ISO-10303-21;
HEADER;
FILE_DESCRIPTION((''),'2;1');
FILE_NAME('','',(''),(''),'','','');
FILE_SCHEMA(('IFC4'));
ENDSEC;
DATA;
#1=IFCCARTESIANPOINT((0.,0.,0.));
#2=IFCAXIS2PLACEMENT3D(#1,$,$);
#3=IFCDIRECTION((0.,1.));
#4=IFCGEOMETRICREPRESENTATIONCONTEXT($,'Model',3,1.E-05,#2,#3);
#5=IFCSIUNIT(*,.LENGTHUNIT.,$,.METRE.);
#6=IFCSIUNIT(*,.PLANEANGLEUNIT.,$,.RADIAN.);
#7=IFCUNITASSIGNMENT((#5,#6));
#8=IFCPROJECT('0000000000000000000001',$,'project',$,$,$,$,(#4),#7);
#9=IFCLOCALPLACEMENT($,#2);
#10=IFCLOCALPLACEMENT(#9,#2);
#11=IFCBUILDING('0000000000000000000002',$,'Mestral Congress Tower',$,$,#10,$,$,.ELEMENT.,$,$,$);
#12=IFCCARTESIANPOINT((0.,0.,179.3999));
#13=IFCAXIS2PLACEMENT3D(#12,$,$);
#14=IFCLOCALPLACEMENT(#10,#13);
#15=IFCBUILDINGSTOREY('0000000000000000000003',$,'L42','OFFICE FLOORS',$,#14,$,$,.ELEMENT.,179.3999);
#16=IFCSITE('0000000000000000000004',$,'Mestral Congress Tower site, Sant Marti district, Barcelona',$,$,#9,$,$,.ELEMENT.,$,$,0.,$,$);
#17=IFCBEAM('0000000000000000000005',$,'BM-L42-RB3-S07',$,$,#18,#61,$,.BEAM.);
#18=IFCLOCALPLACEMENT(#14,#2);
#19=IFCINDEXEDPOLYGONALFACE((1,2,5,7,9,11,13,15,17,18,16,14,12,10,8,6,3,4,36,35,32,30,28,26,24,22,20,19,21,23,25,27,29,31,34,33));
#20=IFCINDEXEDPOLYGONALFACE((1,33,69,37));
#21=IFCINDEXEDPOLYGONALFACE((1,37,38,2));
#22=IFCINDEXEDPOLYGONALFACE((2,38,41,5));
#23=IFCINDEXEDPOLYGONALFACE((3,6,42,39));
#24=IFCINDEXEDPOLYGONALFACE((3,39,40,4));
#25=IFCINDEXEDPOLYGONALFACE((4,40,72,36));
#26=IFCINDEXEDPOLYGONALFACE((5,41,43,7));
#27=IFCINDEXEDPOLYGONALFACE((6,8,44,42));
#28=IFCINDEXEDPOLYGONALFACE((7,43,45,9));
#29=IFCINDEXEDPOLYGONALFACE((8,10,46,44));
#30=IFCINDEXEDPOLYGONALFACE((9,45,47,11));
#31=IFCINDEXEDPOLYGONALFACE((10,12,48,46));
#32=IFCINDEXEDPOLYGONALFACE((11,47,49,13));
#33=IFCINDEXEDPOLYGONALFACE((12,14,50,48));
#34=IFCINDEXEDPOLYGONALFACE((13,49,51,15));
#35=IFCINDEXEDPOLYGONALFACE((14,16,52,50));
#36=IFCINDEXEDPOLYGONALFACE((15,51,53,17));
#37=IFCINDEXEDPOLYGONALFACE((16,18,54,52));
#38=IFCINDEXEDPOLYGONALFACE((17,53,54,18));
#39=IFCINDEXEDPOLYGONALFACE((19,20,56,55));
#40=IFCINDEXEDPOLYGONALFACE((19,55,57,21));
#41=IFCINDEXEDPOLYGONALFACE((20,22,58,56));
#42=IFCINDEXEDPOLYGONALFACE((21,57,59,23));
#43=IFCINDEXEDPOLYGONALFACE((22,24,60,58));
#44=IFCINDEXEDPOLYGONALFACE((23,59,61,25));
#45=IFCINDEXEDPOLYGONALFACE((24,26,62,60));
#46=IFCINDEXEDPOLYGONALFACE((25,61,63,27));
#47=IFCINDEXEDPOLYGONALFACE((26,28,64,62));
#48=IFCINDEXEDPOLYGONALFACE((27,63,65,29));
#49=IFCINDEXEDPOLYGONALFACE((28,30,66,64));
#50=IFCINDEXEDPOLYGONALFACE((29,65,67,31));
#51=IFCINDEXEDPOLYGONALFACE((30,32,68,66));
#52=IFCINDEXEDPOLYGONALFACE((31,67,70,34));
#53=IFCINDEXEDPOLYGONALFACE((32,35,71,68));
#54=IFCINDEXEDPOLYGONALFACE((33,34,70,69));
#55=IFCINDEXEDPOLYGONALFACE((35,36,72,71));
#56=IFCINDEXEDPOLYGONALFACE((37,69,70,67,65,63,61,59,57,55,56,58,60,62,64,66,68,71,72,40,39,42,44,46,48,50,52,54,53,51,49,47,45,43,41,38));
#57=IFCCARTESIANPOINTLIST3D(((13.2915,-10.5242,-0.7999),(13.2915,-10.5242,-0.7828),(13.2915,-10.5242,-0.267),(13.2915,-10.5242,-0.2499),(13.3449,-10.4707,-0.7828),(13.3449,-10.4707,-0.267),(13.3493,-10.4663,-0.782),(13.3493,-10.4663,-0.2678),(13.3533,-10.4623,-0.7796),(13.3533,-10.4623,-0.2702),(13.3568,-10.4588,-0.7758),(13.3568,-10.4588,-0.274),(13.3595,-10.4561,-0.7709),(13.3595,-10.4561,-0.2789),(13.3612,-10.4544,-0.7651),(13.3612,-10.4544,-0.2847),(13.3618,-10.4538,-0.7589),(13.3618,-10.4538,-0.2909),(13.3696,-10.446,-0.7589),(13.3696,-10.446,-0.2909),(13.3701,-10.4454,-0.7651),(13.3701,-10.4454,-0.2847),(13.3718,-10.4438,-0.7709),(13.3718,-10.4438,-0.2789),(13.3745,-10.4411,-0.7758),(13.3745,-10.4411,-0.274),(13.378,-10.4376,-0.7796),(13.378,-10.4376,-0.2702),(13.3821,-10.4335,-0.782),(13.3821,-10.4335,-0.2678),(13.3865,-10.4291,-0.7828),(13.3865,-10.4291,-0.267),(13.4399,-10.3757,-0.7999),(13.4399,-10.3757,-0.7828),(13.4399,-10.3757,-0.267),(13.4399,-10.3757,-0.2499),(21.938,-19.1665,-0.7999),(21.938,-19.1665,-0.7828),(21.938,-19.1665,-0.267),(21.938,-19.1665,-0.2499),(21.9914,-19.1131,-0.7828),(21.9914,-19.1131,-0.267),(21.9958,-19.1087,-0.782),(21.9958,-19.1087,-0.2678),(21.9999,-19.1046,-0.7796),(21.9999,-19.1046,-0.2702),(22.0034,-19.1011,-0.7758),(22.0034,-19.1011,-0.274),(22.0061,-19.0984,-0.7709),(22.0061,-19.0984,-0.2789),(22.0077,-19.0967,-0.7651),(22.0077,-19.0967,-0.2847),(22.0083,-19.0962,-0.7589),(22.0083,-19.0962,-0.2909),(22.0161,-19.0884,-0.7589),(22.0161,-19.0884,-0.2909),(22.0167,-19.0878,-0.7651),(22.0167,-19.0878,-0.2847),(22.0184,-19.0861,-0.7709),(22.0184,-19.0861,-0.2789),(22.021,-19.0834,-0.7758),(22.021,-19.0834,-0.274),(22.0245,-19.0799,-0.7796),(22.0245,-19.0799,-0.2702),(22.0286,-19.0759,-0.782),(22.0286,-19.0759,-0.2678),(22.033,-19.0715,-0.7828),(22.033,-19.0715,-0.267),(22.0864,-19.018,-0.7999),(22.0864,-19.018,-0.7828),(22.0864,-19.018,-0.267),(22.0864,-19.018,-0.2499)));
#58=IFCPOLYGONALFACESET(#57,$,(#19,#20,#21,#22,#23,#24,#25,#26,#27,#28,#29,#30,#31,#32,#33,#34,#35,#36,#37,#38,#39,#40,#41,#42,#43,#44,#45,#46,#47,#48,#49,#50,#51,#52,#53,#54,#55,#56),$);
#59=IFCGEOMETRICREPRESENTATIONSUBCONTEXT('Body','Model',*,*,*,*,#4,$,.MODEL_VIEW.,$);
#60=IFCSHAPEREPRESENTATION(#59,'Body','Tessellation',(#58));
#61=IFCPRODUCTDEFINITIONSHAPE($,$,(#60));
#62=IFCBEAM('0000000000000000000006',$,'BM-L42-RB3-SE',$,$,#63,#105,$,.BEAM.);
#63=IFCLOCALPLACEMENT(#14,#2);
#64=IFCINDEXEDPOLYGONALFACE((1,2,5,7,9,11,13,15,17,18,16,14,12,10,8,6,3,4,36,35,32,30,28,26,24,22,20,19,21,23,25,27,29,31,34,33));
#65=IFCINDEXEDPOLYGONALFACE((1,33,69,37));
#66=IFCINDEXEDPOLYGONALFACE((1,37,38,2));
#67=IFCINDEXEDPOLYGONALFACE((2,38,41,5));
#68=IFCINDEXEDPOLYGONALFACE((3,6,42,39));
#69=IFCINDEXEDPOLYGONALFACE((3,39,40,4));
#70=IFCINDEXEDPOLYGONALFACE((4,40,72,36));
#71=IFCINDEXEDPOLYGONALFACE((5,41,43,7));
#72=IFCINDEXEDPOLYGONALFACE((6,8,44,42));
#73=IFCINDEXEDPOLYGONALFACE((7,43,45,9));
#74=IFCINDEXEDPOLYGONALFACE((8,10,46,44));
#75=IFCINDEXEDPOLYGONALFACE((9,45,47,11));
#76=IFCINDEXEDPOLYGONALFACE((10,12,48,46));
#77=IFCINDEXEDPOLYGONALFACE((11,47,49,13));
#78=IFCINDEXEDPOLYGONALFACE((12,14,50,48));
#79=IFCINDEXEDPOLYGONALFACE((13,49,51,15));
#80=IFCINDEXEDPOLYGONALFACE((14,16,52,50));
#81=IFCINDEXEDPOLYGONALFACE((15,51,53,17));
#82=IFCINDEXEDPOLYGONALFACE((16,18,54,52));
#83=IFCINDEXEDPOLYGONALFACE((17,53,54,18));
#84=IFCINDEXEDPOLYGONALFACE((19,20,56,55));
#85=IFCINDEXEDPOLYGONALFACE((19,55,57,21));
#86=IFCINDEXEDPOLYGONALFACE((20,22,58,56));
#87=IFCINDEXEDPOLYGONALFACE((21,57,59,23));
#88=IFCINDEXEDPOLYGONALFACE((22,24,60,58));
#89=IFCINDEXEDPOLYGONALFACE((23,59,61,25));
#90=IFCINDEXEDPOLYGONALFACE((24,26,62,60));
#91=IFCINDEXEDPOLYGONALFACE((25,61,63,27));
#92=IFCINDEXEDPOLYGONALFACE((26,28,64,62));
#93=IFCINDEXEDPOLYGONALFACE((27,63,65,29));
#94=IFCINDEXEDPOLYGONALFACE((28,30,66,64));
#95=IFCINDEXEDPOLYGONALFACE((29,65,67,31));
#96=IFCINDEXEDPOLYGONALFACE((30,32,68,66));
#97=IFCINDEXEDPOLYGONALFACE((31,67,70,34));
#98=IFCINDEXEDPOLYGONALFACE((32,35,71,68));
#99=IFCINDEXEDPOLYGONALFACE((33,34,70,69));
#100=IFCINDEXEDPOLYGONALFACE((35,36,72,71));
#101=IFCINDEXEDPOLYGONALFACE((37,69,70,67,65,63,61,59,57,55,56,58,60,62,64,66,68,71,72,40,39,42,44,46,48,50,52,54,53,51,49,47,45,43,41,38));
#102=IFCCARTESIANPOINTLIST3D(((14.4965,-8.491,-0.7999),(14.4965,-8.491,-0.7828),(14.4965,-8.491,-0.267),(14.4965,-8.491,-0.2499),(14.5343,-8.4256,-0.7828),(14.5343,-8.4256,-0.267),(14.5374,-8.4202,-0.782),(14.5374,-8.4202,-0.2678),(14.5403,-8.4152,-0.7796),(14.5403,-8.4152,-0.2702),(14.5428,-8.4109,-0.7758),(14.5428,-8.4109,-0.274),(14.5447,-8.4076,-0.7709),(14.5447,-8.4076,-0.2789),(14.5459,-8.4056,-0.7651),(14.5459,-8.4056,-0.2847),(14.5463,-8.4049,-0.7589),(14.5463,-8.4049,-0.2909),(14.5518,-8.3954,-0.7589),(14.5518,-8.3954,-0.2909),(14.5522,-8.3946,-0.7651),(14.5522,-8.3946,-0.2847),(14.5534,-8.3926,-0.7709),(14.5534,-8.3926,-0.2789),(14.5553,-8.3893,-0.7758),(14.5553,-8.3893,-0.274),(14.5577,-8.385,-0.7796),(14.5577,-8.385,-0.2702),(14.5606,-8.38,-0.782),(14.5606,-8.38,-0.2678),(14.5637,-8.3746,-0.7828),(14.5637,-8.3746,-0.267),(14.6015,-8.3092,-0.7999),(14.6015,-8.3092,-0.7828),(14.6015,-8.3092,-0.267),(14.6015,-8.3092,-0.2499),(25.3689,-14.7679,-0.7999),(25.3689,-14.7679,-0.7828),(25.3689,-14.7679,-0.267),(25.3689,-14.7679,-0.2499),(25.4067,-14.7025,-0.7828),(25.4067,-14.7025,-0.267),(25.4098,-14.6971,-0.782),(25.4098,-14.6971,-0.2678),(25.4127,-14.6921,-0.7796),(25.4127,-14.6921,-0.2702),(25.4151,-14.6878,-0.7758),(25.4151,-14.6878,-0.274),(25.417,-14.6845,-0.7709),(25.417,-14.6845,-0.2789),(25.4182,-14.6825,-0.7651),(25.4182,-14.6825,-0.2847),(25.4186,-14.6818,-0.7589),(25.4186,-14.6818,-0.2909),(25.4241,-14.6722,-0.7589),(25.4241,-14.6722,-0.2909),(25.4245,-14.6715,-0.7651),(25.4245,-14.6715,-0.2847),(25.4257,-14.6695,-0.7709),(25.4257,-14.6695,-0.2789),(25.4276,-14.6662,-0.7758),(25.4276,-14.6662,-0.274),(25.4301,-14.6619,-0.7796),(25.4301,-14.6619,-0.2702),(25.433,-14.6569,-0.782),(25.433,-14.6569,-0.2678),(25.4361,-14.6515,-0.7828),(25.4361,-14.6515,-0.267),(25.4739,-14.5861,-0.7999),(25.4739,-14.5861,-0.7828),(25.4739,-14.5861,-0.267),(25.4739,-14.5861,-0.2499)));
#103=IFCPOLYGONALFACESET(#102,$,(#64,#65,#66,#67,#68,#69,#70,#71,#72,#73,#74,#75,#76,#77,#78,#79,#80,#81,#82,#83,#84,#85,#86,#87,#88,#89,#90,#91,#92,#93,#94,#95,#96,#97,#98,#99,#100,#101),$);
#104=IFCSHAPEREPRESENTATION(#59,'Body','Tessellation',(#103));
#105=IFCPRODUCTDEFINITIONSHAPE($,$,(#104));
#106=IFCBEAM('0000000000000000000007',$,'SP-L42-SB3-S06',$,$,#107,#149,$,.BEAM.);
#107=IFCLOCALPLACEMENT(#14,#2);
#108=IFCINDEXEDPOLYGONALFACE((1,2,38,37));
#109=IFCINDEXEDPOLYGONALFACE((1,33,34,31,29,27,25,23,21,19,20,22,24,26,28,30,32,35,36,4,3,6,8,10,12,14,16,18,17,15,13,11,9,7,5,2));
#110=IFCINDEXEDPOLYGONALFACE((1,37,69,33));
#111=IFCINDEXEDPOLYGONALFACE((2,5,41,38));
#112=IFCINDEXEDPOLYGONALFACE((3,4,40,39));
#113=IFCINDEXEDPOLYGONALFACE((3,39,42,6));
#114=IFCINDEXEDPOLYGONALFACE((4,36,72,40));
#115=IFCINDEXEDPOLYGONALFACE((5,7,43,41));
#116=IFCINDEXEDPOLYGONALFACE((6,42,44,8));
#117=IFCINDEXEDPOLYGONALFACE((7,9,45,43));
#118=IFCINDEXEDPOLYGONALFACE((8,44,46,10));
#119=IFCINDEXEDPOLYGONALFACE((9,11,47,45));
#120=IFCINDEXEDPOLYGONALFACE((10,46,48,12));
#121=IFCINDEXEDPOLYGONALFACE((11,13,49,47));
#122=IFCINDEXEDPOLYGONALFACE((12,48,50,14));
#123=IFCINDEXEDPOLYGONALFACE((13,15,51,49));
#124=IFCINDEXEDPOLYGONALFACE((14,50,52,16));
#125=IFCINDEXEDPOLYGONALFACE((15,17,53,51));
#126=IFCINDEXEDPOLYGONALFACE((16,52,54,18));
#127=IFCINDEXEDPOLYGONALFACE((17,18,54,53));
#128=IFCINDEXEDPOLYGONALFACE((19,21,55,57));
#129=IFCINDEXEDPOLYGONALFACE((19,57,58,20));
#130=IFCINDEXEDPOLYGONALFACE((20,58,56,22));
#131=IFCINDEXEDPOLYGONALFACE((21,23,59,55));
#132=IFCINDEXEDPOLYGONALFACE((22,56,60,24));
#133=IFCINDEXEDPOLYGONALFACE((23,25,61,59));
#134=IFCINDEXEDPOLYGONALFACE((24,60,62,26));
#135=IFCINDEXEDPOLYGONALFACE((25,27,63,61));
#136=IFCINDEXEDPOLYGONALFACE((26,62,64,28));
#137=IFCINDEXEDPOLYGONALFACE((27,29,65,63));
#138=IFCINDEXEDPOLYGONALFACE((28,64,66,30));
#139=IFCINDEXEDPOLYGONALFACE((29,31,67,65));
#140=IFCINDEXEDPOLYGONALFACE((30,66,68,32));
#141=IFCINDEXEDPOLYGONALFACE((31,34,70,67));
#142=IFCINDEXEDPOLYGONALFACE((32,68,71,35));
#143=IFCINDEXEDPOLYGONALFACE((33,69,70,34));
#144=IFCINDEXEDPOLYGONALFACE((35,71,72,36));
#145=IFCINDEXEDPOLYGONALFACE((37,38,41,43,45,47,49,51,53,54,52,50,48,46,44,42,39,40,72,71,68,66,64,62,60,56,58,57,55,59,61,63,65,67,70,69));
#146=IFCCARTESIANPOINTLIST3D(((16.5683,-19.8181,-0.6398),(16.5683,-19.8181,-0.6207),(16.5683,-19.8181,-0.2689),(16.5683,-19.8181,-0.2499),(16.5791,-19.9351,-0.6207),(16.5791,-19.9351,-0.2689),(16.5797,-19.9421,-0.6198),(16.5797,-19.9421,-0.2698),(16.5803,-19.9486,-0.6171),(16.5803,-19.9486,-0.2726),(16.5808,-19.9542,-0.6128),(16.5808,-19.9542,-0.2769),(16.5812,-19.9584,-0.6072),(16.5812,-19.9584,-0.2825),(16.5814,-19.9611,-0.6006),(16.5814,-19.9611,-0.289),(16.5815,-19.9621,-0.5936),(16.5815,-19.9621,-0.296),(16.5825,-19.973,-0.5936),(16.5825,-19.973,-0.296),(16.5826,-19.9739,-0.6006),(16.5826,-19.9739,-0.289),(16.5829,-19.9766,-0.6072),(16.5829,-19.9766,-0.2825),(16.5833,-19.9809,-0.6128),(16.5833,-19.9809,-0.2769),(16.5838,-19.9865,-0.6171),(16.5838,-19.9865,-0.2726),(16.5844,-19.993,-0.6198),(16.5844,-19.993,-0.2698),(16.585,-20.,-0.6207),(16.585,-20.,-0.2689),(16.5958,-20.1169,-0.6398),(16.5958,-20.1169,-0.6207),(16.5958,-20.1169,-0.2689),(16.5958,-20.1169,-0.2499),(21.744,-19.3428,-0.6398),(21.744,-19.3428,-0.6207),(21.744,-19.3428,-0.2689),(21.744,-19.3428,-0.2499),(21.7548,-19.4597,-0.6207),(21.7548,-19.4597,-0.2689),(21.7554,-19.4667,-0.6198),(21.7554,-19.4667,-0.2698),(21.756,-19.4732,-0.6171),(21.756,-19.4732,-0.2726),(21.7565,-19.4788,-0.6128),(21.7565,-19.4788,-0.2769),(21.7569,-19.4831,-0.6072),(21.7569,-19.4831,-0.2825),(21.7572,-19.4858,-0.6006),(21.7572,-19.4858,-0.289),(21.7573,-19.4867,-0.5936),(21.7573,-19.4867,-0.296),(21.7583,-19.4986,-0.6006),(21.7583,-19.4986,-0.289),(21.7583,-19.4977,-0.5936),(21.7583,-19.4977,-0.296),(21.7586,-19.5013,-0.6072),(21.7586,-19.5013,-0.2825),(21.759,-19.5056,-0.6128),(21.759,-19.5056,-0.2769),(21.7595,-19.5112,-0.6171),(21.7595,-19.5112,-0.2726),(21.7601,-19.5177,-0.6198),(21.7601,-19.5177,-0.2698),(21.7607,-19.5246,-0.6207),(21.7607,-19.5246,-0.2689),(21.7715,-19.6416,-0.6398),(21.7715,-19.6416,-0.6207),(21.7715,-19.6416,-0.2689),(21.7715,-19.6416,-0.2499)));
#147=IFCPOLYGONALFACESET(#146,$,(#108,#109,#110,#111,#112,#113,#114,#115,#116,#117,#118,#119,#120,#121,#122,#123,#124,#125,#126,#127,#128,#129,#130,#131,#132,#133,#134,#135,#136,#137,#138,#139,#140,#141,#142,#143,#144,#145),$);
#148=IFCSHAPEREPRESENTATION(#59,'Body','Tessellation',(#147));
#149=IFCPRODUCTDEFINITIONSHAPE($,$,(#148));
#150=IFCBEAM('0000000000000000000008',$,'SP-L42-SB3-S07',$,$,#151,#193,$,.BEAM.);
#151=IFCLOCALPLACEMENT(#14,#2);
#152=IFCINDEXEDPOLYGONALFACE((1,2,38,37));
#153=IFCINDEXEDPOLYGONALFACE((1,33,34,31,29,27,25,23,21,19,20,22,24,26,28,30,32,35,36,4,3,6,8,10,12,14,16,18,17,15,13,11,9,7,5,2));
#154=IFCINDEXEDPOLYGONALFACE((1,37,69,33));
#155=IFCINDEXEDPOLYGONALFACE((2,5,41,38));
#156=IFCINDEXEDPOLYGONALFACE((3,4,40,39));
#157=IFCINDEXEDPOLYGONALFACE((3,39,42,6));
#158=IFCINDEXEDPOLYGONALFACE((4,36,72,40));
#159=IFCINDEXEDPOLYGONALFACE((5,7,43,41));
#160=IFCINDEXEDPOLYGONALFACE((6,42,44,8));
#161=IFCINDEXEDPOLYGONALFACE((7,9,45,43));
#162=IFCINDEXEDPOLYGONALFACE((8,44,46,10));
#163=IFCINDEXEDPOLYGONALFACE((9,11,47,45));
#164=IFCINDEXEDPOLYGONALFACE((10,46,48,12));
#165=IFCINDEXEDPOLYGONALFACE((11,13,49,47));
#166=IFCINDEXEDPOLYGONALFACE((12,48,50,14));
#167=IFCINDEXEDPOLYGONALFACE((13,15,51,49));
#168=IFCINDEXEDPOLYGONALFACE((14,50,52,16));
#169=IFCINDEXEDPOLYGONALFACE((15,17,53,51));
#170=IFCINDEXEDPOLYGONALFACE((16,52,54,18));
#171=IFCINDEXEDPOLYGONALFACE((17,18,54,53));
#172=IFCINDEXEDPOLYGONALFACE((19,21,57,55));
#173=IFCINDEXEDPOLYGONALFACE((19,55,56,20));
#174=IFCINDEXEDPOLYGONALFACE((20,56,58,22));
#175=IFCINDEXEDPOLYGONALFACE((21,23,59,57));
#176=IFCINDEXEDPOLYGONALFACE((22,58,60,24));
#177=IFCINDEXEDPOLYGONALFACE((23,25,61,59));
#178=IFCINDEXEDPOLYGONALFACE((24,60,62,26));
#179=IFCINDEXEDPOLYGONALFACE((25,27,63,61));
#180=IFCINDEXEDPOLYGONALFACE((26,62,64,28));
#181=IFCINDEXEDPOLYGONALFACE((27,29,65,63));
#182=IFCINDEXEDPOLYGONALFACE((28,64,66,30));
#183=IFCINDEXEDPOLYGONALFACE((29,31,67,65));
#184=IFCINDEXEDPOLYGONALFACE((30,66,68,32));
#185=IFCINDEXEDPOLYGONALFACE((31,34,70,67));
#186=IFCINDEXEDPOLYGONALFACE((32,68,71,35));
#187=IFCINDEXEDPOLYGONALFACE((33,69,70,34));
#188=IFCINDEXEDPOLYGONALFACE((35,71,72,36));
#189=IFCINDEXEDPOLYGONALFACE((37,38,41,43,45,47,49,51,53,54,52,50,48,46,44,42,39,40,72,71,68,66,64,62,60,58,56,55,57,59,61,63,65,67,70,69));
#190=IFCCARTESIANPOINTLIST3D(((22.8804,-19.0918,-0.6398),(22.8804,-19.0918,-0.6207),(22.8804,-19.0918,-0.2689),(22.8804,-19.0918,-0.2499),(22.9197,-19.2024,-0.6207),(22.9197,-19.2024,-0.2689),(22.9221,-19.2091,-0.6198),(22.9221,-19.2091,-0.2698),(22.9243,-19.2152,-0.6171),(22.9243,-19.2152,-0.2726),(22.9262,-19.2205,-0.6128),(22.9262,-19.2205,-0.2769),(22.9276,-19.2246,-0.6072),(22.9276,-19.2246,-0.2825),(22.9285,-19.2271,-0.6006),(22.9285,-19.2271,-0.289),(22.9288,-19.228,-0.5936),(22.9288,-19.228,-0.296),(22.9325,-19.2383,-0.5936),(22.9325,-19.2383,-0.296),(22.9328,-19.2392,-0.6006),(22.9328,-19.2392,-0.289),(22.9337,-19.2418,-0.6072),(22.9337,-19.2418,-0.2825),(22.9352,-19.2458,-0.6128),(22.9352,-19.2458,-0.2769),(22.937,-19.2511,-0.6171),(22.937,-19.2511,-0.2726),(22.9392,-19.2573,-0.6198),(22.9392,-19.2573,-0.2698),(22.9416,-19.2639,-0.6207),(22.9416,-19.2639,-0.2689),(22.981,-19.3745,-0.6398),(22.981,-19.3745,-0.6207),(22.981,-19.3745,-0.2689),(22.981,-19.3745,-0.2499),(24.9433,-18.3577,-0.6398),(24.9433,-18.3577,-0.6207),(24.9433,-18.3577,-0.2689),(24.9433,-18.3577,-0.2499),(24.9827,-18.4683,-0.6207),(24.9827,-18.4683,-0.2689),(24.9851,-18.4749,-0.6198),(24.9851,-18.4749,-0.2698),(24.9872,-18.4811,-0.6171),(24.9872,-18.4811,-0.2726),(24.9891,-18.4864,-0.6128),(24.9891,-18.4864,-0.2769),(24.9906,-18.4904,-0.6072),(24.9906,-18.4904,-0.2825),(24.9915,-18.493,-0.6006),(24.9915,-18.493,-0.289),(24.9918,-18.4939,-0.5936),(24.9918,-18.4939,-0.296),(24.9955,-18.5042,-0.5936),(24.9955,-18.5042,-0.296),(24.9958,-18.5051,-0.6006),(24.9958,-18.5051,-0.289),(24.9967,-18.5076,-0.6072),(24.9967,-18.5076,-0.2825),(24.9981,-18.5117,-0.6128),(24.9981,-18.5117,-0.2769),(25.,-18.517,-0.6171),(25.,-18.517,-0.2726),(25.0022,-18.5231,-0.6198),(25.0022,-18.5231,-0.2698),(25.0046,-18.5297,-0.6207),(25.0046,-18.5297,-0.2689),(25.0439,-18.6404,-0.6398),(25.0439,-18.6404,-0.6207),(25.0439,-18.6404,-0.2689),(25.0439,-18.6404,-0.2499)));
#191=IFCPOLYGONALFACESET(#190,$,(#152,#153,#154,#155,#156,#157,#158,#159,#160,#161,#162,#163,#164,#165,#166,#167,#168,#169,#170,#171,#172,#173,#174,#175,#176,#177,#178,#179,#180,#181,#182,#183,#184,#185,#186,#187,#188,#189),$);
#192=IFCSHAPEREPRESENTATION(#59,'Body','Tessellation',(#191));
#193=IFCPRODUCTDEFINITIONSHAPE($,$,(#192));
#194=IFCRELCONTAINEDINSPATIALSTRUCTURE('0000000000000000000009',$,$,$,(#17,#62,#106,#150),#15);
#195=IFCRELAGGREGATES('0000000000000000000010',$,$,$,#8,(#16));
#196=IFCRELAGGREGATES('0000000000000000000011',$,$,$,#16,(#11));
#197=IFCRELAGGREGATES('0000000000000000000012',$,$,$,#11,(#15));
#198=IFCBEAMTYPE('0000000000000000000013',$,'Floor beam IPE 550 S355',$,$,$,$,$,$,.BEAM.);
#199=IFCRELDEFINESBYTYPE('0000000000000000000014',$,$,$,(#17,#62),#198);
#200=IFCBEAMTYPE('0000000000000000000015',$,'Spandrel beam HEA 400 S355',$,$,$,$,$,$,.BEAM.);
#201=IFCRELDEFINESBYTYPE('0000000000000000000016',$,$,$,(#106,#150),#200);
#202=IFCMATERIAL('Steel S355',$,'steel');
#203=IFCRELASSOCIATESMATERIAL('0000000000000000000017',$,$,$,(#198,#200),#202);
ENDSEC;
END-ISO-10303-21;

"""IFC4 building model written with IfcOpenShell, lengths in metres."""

from ifc_helpers import new_model, si_unit, direction, frame, origin, origin_2d, place, context, subcontext, project, spatial, i_section, extrude, material, material_profile, profile_set, type_object, element, save


model = new_model("IFC4")

# Units and contexts
model_context = context("Model", 3, precision=1e-05, world=origin(), true_north=direction((0.0, 1.0)))
body_context = subcontext(model_context, "Body", "Model", "MODEL_VIEW")
ifc_project = project(units=[si_unit("LENGTHUNIT", "METRE"), si_unit("PLANEANGLEUNIT", "RADIAN")], contexts=[model_context])

# Site, building, storey
site_placement = place(None, origin())
site = spatial("IfcSite", under=ifc_project, at=site_placement, Name="Mestral Congress Tower site, Sant Marti district, Barcelona", CompositionType="ELEMENT", RefElevation=0.0)
building_placement = place(site_placement, origin())
building = spatial("IfcBuilding", under=site, at=building_placement, Name="Mestral Congress Tower", CompositionType="ELEMENT")
storey_placement = place(building_placement, frame((0.0, 0.0, 179.3999)))
storey = spatial("IfcBuildingStorey", under=building, at=storey_placement, Name="L42", Description="OFFICE FLOORS", CompositionType="ELEMENT", Elevation=179.3999)

# Beams
ifc_material_1 = material(Name="Steel S355", Category="steel")
ifc_material_profile_1 = material_profile(ifc_material_1, i_section(OverallWidth=0.21, OverallDepth=0.55, WebThickness=0.011, FlangeThickness=0.0171, FilletRadius=0.0239, at=origin_2d()), Name="IPE 550")
ifc_profile_set_1 = profile_set([ifc_material_profile_1], Name="Steel S355")
beam_type_1 = type_object("IfcBeamType", Name="Floor beam IPE 550 S355", PredefinedType="BEAM", material=ifc_profile_set_1)
beam_1_placement = place(storey_placement, frame((22.0122, -19.0923, -0.5249), z_axis=(-0.707277, 0.706937, 0.0), x_axis=(-0.706937, -0.707277, 0.0)))
element("IfcBeam", 1, at=beam_1_placement, inside=storey, type_object=beam_type_1, Name="BM-L42-RB3-S07", PredefinedType="BEAM", context=body_context, shape_type="SweptSolid", body=[
    extrude(i_section(OverallWidth=0.21, OverallDepth=0.55, WebThickness=0.011, FlangeThickness=0.0171, FilletRadius=0.0239, at=origin_2d()), origin(), (0.0, 0.0, 1.0), 12.2251),
])
beam_2_placement = place(storey_placement, frame((25.4214, -14.677, -0.5249), z_axis=(-0.866035, 0.499983, 0.0), x_axis=(-0.499983, -0.866035, 0.0)))
element("IfcBeam", 2, at=beam_2_placement, inside=storey, type_object=beam_type_1, Name="BM-L42-RB3-SE", PredefinedType="BEAM", context=body_context, shape_type="SweptSolid", body=[
    extrude(i_section(OverallWidth=0.21, OverallDepth=0.55, WebThickness=0.011, FlangeThickness=0.0171, FilletRadius=0.0239, at=origin_2d()), origin(), (0.0, 0.0, 1.0), 12.5542),
])
ifc_material_profile_2 = material_profile(ifc_material_1, i_section(OverallWidth=0.3, OverallDepth=0.3899, WebThickness=0.011, FlangeThickness=0.019, FilletRadius=0.0271, at=origin_2d()), Name="HEA 400")
ifc_profile_set_2 = profile_set([ifc_material_profile_2], Name="Steel S355")
beam_type_2 = type_object("IfcBeamType", Name="Spandrel beam HEA 400 S355", PredefinedType="BEAM", material=ifc_profile_set_2)
beam_3_placement = place(storey_placement, frame((16.582, -19.9675, -0.4448), z_axis=(0.995809, 0.091455, 0.0), x_axis=(-0.091455, 0.995809, 0.0)))
element("IfcBeam", 3, at=beam_3_placement, inside=storey, type_object=beam_type_2, Name="SP-L42-SB3-S06", PredefinedType="BEAM", context=body_context, shape_type="SweptSolid", body=[
    extrude(i_section(OverallWidth=0.3, OverallDepth=0.3899, WebThickness=0.011, FlangeThickness=0.019, FilletRadius=0.0271, at=origin_2d()), origin(), (0.0, 0.0, 1.0), 5.1975),
])
beam_4_placement = place(storey_placement, frame((22.9307, -19.2332, -0.4448), z_axis=(0.942125, 0.335263, 0.0), x_axis=(-0.335263, 0.942125, 0.0)))
element("IfcBeam", 4, at=beam_4_placement, inside=storey, type_object=beam_type_2, Name="SP-L42-SB3-S07", PredefinedType="BEAM", context=body_context, shape_type="SweptSolid", body=[
    extrude(i_section(OverallWidth=0.3, OverallDepth=0.3899, WebThickness=0.011, FlangeThickness=0.019, FilletRadius=0.0271, at=origin_2d()), origin(), (0.0, 0.0, 1.0), 2.1897),
])

save(model, "model.ifc")
